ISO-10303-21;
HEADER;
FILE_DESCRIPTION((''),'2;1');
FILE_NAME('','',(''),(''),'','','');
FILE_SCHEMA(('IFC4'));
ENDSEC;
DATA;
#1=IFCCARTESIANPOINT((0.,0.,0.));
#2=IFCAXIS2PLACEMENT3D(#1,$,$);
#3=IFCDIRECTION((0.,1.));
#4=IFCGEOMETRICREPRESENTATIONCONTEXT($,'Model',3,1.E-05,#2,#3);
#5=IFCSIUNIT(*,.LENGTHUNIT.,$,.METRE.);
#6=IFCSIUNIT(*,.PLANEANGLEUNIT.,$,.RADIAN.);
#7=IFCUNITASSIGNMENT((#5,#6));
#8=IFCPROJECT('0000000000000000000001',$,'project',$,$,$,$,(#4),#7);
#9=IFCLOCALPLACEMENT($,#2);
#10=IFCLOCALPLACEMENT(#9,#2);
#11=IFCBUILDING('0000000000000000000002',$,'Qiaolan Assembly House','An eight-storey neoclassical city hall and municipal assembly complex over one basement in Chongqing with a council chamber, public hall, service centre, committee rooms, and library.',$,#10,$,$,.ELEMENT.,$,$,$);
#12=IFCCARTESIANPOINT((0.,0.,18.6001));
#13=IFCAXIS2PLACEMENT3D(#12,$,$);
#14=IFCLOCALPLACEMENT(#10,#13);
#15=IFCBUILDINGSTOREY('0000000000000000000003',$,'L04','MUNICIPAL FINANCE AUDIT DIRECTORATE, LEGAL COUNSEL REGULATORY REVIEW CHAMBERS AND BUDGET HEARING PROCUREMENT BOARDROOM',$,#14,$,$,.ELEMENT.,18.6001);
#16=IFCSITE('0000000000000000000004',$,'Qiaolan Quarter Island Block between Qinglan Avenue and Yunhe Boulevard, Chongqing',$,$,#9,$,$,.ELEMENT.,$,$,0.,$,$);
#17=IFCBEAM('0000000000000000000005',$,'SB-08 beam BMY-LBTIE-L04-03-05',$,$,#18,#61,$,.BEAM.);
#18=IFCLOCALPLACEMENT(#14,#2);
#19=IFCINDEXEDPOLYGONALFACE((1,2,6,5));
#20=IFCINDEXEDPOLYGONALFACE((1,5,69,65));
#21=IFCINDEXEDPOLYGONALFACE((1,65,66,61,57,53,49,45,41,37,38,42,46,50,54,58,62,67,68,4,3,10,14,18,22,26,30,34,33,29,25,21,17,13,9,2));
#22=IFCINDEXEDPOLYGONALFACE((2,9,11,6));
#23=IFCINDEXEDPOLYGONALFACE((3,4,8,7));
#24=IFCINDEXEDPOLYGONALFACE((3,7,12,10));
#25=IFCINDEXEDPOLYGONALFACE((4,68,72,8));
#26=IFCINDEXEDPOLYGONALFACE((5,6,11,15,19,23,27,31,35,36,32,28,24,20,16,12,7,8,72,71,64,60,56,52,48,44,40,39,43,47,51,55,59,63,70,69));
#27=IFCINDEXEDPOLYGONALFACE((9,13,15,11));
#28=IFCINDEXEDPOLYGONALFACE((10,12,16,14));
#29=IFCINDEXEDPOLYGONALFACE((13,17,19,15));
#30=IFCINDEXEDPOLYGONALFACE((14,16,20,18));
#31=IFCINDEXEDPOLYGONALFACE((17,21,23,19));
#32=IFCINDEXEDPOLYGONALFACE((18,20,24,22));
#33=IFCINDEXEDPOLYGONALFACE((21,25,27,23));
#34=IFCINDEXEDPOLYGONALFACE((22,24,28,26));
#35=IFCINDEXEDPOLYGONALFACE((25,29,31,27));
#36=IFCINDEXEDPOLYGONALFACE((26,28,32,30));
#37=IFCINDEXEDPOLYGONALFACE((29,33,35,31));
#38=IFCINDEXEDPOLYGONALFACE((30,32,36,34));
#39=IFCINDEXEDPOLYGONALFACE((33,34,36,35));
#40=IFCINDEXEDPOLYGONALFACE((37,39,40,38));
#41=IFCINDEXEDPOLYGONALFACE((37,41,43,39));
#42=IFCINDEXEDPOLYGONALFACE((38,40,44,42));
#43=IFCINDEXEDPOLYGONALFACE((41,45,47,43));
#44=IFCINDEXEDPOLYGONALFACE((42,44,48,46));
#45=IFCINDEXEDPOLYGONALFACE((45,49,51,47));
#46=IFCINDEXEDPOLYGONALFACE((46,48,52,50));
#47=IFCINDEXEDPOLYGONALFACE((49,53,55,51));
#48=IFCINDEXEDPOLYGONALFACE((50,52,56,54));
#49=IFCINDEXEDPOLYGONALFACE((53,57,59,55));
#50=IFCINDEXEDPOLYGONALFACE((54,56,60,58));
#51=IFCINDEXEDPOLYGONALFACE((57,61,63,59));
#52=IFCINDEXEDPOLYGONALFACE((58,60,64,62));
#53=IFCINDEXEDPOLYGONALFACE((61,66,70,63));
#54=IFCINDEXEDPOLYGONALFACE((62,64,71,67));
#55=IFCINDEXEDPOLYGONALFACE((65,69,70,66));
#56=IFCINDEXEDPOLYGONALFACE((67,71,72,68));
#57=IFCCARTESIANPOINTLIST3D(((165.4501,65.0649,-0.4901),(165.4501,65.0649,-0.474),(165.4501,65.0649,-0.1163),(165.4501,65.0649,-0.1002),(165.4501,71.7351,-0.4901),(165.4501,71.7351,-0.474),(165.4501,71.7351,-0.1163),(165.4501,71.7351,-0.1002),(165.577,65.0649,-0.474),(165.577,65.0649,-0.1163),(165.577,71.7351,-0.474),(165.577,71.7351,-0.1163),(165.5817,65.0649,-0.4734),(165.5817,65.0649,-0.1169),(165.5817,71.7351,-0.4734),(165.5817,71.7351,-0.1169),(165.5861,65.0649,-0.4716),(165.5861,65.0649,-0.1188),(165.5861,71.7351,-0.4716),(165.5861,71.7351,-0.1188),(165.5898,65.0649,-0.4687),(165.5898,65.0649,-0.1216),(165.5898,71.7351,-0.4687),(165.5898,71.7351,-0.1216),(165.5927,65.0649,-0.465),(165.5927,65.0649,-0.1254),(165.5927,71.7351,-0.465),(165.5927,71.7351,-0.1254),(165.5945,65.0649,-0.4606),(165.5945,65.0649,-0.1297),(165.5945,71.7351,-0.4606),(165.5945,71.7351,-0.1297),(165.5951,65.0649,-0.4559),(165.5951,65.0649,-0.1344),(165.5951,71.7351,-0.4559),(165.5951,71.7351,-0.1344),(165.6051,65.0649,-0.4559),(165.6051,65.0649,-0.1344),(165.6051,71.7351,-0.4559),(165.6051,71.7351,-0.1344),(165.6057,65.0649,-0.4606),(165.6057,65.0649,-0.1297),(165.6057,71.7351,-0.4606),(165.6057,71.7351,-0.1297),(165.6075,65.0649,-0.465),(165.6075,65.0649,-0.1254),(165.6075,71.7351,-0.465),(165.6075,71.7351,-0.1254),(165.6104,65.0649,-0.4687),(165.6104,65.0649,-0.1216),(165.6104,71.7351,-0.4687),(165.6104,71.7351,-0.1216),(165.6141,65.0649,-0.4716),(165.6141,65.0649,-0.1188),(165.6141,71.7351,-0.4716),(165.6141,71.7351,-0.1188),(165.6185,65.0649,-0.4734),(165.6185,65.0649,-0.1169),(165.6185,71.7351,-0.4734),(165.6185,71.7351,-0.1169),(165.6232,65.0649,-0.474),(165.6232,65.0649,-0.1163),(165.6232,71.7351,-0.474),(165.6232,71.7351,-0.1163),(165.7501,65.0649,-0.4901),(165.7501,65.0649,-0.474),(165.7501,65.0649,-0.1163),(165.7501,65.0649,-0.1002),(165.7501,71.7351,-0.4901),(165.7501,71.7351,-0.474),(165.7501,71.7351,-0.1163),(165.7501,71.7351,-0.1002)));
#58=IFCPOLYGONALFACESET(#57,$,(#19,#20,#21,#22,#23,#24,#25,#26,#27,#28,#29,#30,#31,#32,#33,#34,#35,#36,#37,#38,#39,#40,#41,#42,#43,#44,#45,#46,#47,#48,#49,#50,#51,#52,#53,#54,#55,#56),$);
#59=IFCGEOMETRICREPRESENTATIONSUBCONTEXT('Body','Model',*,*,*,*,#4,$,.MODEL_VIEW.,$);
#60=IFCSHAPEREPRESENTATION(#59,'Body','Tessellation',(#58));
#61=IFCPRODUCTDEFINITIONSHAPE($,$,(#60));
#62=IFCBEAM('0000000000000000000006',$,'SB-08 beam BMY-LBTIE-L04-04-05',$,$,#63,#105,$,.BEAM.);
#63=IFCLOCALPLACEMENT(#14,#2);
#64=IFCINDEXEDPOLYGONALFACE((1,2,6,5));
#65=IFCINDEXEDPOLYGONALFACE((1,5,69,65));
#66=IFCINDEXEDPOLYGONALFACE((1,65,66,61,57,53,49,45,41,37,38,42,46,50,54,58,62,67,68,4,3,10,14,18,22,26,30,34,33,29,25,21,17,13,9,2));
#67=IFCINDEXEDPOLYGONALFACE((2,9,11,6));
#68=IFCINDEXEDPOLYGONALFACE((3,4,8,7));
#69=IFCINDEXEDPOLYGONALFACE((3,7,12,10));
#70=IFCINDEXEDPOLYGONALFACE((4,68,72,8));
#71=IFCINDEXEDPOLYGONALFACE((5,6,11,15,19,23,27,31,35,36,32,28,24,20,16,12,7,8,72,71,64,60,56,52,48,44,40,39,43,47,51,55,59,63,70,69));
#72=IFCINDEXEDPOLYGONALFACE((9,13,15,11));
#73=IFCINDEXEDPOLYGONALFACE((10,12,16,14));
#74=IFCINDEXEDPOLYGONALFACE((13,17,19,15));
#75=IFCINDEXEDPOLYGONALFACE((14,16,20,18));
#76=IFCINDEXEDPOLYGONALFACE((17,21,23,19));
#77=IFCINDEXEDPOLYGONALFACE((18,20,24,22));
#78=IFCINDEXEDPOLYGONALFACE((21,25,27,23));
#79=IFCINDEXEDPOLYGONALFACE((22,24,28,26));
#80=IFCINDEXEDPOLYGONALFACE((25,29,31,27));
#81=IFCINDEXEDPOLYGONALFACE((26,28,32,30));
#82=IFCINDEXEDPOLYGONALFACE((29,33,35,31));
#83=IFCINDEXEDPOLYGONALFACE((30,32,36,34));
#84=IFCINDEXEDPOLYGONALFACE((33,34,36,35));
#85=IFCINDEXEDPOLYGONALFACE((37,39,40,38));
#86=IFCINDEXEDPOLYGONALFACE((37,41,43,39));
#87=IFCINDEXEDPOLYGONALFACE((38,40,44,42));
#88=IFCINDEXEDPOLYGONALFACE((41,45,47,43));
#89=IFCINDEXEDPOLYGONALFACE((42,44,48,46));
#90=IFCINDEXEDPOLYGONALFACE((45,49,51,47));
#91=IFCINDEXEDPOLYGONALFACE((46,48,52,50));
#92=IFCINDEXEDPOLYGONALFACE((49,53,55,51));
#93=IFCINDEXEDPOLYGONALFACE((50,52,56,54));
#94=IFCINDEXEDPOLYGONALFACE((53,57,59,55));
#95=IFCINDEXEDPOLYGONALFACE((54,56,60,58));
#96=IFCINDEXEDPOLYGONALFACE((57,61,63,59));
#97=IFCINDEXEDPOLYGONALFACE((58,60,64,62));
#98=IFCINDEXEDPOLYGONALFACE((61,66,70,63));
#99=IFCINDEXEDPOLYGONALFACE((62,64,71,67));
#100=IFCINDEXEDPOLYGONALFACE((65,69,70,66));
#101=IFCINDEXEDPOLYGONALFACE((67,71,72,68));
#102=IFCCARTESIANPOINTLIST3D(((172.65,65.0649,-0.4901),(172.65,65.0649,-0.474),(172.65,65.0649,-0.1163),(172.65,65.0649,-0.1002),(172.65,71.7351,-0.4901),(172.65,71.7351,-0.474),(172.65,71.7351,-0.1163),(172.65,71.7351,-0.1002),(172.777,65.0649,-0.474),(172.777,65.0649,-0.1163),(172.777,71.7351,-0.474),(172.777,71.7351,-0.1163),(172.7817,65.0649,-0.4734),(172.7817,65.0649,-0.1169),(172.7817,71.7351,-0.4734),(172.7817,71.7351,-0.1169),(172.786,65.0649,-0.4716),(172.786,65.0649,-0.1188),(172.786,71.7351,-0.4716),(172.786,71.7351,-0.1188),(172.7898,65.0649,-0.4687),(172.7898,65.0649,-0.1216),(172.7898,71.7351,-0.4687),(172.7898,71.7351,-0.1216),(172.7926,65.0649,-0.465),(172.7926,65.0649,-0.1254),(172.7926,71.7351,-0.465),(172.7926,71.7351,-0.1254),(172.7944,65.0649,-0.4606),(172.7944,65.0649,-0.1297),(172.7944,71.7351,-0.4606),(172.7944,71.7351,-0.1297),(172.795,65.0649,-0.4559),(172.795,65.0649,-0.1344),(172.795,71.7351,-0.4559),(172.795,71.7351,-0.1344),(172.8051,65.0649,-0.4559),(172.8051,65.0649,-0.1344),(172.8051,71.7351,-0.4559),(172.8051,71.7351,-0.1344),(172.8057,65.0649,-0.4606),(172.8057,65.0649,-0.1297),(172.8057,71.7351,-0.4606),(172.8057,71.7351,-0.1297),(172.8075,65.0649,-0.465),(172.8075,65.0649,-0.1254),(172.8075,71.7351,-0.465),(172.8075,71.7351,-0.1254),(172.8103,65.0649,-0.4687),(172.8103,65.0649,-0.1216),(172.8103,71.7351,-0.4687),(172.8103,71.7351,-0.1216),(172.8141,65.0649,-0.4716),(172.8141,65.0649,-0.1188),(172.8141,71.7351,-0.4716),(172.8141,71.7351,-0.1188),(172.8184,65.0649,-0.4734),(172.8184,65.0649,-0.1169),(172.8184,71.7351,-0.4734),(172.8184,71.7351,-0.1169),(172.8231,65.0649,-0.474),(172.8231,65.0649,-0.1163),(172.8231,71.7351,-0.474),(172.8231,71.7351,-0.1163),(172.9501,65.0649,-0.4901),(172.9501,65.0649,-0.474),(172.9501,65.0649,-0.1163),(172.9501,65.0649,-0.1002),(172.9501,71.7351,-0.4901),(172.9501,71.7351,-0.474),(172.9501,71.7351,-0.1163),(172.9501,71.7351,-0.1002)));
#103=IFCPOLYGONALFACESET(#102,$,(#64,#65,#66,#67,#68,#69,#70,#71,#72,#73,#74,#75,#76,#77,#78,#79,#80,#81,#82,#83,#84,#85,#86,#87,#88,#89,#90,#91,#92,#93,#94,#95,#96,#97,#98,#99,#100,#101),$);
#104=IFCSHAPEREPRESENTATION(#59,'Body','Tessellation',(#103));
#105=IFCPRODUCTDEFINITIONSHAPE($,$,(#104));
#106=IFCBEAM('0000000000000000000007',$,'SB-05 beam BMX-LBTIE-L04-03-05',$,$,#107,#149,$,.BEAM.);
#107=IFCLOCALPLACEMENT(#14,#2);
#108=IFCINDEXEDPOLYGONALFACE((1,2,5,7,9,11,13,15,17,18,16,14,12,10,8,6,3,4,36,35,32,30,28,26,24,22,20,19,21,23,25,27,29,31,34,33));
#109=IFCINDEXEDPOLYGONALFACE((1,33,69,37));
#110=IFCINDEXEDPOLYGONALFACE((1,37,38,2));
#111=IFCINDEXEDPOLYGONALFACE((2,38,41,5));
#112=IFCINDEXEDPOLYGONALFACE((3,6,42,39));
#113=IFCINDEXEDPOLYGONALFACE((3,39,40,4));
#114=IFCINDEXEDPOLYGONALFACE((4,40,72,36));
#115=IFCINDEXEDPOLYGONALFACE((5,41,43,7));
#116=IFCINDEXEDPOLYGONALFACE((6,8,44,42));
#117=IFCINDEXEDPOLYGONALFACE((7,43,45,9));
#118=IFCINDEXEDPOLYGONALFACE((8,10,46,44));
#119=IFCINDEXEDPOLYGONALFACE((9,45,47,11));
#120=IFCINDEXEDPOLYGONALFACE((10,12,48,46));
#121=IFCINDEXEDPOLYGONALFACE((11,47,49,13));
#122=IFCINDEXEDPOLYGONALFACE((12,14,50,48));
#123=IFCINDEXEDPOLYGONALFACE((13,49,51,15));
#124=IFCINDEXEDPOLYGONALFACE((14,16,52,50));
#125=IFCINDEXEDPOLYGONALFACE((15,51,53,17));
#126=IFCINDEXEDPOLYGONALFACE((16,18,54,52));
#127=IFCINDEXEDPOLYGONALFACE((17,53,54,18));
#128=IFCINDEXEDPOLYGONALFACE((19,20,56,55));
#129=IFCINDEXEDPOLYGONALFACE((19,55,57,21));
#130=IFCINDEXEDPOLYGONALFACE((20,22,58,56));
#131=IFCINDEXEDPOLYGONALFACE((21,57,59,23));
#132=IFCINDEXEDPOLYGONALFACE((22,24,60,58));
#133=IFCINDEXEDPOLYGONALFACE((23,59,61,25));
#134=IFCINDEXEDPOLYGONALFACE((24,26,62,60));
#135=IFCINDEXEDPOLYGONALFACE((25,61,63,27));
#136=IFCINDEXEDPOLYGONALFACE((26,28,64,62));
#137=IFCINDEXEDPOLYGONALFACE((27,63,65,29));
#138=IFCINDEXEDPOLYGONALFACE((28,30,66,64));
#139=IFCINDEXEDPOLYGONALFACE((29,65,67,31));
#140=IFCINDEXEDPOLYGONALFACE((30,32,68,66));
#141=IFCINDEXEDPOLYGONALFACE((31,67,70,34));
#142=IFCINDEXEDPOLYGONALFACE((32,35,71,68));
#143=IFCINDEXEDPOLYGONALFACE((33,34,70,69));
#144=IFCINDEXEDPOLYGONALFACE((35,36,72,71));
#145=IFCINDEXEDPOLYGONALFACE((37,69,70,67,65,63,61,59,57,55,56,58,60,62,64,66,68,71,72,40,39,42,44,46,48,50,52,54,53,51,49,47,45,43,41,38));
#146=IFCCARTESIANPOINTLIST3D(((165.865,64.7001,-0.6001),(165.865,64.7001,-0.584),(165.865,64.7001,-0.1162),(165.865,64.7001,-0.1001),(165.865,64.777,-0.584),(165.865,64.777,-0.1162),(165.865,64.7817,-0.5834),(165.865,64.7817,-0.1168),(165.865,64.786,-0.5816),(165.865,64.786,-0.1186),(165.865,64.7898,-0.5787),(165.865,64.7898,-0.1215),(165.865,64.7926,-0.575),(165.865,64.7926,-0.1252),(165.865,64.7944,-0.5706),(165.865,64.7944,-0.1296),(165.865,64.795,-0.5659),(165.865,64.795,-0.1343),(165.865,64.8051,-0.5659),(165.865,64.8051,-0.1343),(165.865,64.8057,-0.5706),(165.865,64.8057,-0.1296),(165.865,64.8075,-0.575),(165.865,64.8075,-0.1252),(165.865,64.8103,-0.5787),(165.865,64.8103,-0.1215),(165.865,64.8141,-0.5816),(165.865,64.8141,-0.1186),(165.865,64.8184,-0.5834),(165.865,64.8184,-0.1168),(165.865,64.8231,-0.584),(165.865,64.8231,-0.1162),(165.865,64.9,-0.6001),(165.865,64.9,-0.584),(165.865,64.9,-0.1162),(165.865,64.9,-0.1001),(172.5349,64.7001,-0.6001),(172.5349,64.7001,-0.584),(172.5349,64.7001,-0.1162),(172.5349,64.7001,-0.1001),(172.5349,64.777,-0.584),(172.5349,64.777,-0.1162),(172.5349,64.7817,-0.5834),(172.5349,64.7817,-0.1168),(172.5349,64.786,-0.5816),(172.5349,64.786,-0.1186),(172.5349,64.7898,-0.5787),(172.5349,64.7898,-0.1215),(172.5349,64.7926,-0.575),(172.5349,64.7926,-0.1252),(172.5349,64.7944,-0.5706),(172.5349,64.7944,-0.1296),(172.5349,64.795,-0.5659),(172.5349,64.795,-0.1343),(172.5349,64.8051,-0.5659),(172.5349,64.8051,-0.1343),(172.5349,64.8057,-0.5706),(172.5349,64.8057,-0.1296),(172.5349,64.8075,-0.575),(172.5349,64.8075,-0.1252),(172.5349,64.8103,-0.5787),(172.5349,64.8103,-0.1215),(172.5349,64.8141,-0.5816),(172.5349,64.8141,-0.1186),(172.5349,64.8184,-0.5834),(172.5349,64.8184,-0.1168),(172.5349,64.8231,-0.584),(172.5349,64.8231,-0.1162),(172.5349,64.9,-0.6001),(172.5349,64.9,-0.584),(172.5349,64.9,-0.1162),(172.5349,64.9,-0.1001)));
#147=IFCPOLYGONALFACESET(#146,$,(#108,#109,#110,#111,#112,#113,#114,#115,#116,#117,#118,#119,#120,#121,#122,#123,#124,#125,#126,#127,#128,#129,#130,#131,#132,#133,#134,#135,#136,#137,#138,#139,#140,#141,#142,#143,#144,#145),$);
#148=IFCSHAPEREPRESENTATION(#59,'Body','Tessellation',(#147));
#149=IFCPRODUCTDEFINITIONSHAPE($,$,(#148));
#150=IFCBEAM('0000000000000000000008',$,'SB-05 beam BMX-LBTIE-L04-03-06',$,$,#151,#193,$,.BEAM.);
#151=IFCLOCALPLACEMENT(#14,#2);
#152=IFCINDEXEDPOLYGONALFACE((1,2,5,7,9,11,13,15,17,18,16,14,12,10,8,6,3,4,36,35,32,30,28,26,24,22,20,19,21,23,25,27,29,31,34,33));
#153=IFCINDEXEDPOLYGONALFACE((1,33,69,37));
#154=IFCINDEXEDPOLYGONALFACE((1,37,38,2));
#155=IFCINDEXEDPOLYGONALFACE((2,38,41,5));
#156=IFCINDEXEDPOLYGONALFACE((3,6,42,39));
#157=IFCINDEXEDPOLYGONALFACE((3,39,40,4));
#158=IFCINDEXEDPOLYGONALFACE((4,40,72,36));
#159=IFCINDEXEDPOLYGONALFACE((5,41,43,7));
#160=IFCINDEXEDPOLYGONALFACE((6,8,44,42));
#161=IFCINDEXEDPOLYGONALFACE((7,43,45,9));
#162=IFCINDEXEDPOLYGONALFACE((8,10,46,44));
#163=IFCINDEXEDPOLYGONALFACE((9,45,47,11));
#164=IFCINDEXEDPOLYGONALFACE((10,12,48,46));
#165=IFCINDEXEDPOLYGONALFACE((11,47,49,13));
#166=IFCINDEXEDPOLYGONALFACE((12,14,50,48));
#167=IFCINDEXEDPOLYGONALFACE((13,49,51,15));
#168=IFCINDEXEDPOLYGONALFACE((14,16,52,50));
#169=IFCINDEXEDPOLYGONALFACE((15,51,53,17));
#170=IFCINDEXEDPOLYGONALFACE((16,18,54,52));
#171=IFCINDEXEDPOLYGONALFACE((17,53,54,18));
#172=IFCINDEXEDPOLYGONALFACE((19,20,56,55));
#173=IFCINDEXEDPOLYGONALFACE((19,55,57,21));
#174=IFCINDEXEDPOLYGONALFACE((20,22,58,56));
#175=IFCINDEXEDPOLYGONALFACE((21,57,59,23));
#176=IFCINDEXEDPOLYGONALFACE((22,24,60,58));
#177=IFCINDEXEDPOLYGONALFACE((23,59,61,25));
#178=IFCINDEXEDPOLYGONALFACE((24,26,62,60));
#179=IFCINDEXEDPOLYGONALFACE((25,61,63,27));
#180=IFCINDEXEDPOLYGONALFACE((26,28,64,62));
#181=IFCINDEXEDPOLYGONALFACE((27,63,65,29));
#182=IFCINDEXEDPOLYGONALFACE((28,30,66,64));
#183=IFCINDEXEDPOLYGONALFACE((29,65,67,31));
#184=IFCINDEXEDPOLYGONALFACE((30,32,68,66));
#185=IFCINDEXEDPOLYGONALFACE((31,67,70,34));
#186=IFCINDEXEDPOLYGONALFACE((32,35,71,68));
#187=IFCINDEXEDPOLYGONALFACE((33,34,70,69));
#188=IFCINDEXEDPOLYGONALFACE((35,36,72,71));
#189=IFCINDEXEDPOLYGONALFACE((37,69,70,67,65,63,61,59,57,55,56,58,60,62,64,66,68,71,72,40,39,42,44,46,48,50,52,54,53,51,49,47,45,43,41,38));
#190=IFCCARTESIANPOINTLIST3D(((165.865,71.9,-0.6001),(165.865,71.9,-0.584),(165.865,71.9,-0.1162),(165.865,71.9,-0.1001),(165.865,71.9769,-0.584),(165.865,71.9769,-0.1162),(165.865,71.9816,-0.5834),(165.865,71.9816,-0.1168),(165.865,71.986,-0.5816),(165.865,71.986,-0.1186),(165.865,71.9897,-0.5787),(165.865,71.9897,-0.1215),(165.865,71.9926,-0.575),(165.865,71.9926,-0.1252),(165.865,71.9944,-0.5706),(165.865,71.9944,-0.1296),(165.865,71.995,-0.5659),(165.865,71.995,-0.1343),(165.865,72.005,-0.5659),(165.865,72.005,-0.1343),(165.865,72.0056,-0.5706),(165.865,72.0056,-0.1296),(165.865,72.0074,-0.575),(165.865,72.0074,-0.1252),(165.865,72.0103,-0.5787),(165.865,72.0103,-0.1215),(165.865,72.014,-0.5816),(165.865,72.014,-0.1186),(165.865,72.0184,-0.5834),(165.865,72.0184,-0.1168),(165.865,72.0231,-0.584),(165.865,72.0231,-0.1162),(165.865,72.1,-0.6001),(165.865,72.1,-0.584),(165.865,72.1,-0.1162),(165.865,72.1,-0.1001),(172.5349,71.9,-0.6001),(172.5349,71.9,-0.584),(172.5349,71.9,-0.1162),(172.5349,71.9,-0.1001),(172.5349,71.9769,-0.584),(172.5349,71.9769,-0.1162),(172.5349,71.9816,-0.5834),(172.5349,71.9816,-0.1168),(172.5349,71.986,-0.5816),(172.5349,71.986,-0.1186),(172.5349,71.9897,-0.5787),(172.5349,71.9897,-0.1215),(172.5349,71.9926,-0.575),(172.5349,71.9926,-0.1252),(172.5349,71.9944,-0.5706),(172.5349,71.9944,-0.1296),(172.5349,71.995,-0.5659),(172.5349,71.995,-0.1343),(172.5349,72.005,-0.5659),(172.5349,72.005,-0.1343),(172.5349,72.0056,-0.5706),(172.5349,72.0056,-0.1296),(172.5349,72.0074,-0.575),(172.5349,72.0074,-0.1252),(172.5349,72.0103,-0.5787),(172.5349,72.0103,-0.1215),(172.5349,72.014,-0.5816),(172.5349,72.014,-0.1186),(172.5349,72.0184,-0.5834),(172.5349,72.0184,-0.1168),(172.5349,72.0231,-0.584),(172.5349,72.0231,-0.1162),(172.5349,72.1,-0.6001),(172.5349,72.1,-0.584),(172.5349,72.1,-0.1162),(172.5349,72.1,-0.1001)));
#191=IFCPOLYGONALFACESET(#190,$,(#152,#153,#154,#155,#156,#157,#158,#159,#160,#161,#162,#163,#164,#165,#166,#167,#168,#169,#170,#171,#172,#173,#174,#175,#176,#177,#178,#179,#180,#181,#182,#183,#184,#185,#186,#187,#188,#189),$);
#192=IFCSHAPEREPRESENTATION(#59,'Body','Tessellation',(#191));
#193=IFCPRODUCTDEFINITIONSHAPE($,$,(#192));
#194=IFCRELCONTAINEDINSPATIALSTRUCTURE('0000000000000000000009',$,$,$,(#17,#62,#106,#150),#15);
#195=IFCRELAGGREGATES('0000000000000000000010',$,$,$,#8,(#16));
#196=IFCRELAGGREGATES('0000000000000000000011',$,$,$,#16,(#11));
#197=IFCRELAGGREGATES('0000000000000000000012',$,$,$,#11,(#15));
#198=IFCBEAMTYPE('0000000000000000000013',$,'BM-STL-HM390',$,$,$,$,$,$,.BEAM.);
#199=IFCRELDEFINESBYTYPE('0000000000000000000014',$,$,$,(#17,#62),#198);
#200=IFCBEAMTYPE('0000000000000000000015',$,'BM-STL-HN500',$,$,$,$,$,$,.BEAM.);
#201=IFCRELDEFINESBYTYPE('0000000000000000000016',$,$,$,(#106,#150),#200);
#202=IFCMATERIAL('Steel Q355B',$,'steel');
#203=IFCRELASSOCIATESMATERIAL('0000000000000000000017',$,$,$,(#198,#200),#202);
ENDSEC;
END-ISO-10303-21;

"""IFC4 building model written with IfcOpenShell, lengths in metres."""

from ifc_helpers import new_model, si_unit, direction, frame, origin, origin_2d, place, context, subcontext, project, spatial, i_section, extrude, material, material_profile, profile_set, type_object, element, save


model = new_model("IFC4")

# Units and contexts
model_context = context("Model", 3, precision=1e-05, world=origin(), true_north=direction((0.0, 1.0)))
body_context = subcontext(model_context, "Body", "Model", "MODEL_VIEW")
ifc_project = project(units=[si_unit("LENGTHUNIT", "METRE"), si_unit("PLANEANGLEUNIT", "RADIAN")], contexts=[model_context])

# Site, building, storey
site_placement = place(None, origin())
site = spatial("IfcSite", under=ifc_project, at=site_placement, Name="Qiaolan Quarter Island Block between Qinglan Avenue and Yunhe Boulevard, Chongqing", CompositionType="ELEMENT", RefElevation=0.0)
building_placement = place(site_placement, origin())
building = spatial("IfcBuilding", under=site, at=building_placement, Name="Qiaolan Assembly House", Description="An eight-storey neoclassical city hall and municipal assembly complex over one basement in Chongqing with a council chamber, public hall, service centre, committee rooms, and library.", CompositionType="ELEMENT")
storey_placement = place(building_placement, frame((0.0, 0.0, 18.6001)))
storey = spatial("IfcBuildingStorey", under=building, at=storey_placement, Name="L04", Description="MUNICIPAL FINANCE AUDIT DIRECTORATE, LEGAL COUNSEL REGULATORY REVIEW CHAMBERS AND BUDGET HEARING PROCUREMENT BOARDROOM", CompositionType="ELEMENT", Elevation=18.6001)

# Beams
ifc_material = material(Name="Steel Q355B", Category="steel")
ifc_material_profile_1 = material_profile(ifc_material, i_section(OverallWidth=0.3, OverallDepth=0.3899, WebThickness=0.01, FlangeThickness=0.0161, FilletRadius=0.0181, at=origin_2d()), Name="HM 390x300x10x16")
ifc_profile_set_1 = profile_set([ifc_material_profile_1], Name="Steel Q355B")
beam_type_1 = type_object("IfcBeamType", Name="BM-STL-HM390", PredefinedType="BEAM", material=ifc_profile_set_1)
for number, where, z_axis, x_axis, name in (
    (1, (165.6001, 65.0649, -0.2952), (0.0, 1.0, 0.0), (-1.0, 0.0, 0.0), "SB-08 beam BMY-LBTIE-L04-03-05"),
    (2, (172.8, 65.0649, -0.2952), (0.0, 1.0, 0.0), (-1.0, 0.0, 0.0), "SB-08 beam BMY-LBTIE-L04-04-05"),
):
    element("IfcBeam", number, at=place(storey_placement, frame(where, z_axis=z_axis, x_axis=x_axis)), inside=storey, type_object=beam_type_1, Name=name, PredefinedType="BEAM", context=body_context, shape_type="SweptSolid", body=[
        extrude(i_section(OverallWidth=0.3, OverallDepth=0.3899, WebThickness=0.01, FlangeThickness=0.0161, FilletRadius=0.0181, at=origin_2d()), origin(), (0.0, 0.0, 1.0), 6.6702),
    ])
ifc_material_profile_2 = material_profile(ifc_material, i_section(OverallWidth=0.2, OverallDepth=0.5, WebThickness=0.01, FlangeThickness=0.0161, FilletRadius=0.0181, at=origin_2d()), Name="HN 500x200x10x16")
ifc_profile_set_2 = profile_set([ifc_material_profile_2], Name="Steel Q355B")
beam_type_2 = type_object("IfcBeamType", Name="BM-STL-HN500", PredefinedType="BEAM", material=ifc_profile_set_2)
for number, where, z_axis, x_axis, name in (
    (3, (165.865, 64.8, -0.3501), (1.0, 0.0, 0.0), (0.0, 1.0, 0.0), "SB-05 beam BMX-LBTIE-L04-03-05"),
    (4, (165.865, 72.0, -0.3501), (1.0, 0.0, 0.0), (0.0, 1.0, 0.0), "SB-05 beam BMX-LBTIE-L04-03-06"),
):
    element("IfcBeam", number, at=place(storey_placement, frame(where, z_axis=z_axis, x_axis=x_axis)), inside=storey, type_object=beam_type_2, Name=name, PredefinedType="BEAM", context=body_context, shape_type="SweptSolid", body=[
        extrude(i_section(OverallWidth=0.2, OverallDepth=0.5, WebThickness=0.01, FlangeThickness=0.0161, FilletRadius=0.0181, at=origin_2d()), origin(), (0.0, 0.0, 1.0), 6.6699),
    ])

save(model, "model.ifc")
